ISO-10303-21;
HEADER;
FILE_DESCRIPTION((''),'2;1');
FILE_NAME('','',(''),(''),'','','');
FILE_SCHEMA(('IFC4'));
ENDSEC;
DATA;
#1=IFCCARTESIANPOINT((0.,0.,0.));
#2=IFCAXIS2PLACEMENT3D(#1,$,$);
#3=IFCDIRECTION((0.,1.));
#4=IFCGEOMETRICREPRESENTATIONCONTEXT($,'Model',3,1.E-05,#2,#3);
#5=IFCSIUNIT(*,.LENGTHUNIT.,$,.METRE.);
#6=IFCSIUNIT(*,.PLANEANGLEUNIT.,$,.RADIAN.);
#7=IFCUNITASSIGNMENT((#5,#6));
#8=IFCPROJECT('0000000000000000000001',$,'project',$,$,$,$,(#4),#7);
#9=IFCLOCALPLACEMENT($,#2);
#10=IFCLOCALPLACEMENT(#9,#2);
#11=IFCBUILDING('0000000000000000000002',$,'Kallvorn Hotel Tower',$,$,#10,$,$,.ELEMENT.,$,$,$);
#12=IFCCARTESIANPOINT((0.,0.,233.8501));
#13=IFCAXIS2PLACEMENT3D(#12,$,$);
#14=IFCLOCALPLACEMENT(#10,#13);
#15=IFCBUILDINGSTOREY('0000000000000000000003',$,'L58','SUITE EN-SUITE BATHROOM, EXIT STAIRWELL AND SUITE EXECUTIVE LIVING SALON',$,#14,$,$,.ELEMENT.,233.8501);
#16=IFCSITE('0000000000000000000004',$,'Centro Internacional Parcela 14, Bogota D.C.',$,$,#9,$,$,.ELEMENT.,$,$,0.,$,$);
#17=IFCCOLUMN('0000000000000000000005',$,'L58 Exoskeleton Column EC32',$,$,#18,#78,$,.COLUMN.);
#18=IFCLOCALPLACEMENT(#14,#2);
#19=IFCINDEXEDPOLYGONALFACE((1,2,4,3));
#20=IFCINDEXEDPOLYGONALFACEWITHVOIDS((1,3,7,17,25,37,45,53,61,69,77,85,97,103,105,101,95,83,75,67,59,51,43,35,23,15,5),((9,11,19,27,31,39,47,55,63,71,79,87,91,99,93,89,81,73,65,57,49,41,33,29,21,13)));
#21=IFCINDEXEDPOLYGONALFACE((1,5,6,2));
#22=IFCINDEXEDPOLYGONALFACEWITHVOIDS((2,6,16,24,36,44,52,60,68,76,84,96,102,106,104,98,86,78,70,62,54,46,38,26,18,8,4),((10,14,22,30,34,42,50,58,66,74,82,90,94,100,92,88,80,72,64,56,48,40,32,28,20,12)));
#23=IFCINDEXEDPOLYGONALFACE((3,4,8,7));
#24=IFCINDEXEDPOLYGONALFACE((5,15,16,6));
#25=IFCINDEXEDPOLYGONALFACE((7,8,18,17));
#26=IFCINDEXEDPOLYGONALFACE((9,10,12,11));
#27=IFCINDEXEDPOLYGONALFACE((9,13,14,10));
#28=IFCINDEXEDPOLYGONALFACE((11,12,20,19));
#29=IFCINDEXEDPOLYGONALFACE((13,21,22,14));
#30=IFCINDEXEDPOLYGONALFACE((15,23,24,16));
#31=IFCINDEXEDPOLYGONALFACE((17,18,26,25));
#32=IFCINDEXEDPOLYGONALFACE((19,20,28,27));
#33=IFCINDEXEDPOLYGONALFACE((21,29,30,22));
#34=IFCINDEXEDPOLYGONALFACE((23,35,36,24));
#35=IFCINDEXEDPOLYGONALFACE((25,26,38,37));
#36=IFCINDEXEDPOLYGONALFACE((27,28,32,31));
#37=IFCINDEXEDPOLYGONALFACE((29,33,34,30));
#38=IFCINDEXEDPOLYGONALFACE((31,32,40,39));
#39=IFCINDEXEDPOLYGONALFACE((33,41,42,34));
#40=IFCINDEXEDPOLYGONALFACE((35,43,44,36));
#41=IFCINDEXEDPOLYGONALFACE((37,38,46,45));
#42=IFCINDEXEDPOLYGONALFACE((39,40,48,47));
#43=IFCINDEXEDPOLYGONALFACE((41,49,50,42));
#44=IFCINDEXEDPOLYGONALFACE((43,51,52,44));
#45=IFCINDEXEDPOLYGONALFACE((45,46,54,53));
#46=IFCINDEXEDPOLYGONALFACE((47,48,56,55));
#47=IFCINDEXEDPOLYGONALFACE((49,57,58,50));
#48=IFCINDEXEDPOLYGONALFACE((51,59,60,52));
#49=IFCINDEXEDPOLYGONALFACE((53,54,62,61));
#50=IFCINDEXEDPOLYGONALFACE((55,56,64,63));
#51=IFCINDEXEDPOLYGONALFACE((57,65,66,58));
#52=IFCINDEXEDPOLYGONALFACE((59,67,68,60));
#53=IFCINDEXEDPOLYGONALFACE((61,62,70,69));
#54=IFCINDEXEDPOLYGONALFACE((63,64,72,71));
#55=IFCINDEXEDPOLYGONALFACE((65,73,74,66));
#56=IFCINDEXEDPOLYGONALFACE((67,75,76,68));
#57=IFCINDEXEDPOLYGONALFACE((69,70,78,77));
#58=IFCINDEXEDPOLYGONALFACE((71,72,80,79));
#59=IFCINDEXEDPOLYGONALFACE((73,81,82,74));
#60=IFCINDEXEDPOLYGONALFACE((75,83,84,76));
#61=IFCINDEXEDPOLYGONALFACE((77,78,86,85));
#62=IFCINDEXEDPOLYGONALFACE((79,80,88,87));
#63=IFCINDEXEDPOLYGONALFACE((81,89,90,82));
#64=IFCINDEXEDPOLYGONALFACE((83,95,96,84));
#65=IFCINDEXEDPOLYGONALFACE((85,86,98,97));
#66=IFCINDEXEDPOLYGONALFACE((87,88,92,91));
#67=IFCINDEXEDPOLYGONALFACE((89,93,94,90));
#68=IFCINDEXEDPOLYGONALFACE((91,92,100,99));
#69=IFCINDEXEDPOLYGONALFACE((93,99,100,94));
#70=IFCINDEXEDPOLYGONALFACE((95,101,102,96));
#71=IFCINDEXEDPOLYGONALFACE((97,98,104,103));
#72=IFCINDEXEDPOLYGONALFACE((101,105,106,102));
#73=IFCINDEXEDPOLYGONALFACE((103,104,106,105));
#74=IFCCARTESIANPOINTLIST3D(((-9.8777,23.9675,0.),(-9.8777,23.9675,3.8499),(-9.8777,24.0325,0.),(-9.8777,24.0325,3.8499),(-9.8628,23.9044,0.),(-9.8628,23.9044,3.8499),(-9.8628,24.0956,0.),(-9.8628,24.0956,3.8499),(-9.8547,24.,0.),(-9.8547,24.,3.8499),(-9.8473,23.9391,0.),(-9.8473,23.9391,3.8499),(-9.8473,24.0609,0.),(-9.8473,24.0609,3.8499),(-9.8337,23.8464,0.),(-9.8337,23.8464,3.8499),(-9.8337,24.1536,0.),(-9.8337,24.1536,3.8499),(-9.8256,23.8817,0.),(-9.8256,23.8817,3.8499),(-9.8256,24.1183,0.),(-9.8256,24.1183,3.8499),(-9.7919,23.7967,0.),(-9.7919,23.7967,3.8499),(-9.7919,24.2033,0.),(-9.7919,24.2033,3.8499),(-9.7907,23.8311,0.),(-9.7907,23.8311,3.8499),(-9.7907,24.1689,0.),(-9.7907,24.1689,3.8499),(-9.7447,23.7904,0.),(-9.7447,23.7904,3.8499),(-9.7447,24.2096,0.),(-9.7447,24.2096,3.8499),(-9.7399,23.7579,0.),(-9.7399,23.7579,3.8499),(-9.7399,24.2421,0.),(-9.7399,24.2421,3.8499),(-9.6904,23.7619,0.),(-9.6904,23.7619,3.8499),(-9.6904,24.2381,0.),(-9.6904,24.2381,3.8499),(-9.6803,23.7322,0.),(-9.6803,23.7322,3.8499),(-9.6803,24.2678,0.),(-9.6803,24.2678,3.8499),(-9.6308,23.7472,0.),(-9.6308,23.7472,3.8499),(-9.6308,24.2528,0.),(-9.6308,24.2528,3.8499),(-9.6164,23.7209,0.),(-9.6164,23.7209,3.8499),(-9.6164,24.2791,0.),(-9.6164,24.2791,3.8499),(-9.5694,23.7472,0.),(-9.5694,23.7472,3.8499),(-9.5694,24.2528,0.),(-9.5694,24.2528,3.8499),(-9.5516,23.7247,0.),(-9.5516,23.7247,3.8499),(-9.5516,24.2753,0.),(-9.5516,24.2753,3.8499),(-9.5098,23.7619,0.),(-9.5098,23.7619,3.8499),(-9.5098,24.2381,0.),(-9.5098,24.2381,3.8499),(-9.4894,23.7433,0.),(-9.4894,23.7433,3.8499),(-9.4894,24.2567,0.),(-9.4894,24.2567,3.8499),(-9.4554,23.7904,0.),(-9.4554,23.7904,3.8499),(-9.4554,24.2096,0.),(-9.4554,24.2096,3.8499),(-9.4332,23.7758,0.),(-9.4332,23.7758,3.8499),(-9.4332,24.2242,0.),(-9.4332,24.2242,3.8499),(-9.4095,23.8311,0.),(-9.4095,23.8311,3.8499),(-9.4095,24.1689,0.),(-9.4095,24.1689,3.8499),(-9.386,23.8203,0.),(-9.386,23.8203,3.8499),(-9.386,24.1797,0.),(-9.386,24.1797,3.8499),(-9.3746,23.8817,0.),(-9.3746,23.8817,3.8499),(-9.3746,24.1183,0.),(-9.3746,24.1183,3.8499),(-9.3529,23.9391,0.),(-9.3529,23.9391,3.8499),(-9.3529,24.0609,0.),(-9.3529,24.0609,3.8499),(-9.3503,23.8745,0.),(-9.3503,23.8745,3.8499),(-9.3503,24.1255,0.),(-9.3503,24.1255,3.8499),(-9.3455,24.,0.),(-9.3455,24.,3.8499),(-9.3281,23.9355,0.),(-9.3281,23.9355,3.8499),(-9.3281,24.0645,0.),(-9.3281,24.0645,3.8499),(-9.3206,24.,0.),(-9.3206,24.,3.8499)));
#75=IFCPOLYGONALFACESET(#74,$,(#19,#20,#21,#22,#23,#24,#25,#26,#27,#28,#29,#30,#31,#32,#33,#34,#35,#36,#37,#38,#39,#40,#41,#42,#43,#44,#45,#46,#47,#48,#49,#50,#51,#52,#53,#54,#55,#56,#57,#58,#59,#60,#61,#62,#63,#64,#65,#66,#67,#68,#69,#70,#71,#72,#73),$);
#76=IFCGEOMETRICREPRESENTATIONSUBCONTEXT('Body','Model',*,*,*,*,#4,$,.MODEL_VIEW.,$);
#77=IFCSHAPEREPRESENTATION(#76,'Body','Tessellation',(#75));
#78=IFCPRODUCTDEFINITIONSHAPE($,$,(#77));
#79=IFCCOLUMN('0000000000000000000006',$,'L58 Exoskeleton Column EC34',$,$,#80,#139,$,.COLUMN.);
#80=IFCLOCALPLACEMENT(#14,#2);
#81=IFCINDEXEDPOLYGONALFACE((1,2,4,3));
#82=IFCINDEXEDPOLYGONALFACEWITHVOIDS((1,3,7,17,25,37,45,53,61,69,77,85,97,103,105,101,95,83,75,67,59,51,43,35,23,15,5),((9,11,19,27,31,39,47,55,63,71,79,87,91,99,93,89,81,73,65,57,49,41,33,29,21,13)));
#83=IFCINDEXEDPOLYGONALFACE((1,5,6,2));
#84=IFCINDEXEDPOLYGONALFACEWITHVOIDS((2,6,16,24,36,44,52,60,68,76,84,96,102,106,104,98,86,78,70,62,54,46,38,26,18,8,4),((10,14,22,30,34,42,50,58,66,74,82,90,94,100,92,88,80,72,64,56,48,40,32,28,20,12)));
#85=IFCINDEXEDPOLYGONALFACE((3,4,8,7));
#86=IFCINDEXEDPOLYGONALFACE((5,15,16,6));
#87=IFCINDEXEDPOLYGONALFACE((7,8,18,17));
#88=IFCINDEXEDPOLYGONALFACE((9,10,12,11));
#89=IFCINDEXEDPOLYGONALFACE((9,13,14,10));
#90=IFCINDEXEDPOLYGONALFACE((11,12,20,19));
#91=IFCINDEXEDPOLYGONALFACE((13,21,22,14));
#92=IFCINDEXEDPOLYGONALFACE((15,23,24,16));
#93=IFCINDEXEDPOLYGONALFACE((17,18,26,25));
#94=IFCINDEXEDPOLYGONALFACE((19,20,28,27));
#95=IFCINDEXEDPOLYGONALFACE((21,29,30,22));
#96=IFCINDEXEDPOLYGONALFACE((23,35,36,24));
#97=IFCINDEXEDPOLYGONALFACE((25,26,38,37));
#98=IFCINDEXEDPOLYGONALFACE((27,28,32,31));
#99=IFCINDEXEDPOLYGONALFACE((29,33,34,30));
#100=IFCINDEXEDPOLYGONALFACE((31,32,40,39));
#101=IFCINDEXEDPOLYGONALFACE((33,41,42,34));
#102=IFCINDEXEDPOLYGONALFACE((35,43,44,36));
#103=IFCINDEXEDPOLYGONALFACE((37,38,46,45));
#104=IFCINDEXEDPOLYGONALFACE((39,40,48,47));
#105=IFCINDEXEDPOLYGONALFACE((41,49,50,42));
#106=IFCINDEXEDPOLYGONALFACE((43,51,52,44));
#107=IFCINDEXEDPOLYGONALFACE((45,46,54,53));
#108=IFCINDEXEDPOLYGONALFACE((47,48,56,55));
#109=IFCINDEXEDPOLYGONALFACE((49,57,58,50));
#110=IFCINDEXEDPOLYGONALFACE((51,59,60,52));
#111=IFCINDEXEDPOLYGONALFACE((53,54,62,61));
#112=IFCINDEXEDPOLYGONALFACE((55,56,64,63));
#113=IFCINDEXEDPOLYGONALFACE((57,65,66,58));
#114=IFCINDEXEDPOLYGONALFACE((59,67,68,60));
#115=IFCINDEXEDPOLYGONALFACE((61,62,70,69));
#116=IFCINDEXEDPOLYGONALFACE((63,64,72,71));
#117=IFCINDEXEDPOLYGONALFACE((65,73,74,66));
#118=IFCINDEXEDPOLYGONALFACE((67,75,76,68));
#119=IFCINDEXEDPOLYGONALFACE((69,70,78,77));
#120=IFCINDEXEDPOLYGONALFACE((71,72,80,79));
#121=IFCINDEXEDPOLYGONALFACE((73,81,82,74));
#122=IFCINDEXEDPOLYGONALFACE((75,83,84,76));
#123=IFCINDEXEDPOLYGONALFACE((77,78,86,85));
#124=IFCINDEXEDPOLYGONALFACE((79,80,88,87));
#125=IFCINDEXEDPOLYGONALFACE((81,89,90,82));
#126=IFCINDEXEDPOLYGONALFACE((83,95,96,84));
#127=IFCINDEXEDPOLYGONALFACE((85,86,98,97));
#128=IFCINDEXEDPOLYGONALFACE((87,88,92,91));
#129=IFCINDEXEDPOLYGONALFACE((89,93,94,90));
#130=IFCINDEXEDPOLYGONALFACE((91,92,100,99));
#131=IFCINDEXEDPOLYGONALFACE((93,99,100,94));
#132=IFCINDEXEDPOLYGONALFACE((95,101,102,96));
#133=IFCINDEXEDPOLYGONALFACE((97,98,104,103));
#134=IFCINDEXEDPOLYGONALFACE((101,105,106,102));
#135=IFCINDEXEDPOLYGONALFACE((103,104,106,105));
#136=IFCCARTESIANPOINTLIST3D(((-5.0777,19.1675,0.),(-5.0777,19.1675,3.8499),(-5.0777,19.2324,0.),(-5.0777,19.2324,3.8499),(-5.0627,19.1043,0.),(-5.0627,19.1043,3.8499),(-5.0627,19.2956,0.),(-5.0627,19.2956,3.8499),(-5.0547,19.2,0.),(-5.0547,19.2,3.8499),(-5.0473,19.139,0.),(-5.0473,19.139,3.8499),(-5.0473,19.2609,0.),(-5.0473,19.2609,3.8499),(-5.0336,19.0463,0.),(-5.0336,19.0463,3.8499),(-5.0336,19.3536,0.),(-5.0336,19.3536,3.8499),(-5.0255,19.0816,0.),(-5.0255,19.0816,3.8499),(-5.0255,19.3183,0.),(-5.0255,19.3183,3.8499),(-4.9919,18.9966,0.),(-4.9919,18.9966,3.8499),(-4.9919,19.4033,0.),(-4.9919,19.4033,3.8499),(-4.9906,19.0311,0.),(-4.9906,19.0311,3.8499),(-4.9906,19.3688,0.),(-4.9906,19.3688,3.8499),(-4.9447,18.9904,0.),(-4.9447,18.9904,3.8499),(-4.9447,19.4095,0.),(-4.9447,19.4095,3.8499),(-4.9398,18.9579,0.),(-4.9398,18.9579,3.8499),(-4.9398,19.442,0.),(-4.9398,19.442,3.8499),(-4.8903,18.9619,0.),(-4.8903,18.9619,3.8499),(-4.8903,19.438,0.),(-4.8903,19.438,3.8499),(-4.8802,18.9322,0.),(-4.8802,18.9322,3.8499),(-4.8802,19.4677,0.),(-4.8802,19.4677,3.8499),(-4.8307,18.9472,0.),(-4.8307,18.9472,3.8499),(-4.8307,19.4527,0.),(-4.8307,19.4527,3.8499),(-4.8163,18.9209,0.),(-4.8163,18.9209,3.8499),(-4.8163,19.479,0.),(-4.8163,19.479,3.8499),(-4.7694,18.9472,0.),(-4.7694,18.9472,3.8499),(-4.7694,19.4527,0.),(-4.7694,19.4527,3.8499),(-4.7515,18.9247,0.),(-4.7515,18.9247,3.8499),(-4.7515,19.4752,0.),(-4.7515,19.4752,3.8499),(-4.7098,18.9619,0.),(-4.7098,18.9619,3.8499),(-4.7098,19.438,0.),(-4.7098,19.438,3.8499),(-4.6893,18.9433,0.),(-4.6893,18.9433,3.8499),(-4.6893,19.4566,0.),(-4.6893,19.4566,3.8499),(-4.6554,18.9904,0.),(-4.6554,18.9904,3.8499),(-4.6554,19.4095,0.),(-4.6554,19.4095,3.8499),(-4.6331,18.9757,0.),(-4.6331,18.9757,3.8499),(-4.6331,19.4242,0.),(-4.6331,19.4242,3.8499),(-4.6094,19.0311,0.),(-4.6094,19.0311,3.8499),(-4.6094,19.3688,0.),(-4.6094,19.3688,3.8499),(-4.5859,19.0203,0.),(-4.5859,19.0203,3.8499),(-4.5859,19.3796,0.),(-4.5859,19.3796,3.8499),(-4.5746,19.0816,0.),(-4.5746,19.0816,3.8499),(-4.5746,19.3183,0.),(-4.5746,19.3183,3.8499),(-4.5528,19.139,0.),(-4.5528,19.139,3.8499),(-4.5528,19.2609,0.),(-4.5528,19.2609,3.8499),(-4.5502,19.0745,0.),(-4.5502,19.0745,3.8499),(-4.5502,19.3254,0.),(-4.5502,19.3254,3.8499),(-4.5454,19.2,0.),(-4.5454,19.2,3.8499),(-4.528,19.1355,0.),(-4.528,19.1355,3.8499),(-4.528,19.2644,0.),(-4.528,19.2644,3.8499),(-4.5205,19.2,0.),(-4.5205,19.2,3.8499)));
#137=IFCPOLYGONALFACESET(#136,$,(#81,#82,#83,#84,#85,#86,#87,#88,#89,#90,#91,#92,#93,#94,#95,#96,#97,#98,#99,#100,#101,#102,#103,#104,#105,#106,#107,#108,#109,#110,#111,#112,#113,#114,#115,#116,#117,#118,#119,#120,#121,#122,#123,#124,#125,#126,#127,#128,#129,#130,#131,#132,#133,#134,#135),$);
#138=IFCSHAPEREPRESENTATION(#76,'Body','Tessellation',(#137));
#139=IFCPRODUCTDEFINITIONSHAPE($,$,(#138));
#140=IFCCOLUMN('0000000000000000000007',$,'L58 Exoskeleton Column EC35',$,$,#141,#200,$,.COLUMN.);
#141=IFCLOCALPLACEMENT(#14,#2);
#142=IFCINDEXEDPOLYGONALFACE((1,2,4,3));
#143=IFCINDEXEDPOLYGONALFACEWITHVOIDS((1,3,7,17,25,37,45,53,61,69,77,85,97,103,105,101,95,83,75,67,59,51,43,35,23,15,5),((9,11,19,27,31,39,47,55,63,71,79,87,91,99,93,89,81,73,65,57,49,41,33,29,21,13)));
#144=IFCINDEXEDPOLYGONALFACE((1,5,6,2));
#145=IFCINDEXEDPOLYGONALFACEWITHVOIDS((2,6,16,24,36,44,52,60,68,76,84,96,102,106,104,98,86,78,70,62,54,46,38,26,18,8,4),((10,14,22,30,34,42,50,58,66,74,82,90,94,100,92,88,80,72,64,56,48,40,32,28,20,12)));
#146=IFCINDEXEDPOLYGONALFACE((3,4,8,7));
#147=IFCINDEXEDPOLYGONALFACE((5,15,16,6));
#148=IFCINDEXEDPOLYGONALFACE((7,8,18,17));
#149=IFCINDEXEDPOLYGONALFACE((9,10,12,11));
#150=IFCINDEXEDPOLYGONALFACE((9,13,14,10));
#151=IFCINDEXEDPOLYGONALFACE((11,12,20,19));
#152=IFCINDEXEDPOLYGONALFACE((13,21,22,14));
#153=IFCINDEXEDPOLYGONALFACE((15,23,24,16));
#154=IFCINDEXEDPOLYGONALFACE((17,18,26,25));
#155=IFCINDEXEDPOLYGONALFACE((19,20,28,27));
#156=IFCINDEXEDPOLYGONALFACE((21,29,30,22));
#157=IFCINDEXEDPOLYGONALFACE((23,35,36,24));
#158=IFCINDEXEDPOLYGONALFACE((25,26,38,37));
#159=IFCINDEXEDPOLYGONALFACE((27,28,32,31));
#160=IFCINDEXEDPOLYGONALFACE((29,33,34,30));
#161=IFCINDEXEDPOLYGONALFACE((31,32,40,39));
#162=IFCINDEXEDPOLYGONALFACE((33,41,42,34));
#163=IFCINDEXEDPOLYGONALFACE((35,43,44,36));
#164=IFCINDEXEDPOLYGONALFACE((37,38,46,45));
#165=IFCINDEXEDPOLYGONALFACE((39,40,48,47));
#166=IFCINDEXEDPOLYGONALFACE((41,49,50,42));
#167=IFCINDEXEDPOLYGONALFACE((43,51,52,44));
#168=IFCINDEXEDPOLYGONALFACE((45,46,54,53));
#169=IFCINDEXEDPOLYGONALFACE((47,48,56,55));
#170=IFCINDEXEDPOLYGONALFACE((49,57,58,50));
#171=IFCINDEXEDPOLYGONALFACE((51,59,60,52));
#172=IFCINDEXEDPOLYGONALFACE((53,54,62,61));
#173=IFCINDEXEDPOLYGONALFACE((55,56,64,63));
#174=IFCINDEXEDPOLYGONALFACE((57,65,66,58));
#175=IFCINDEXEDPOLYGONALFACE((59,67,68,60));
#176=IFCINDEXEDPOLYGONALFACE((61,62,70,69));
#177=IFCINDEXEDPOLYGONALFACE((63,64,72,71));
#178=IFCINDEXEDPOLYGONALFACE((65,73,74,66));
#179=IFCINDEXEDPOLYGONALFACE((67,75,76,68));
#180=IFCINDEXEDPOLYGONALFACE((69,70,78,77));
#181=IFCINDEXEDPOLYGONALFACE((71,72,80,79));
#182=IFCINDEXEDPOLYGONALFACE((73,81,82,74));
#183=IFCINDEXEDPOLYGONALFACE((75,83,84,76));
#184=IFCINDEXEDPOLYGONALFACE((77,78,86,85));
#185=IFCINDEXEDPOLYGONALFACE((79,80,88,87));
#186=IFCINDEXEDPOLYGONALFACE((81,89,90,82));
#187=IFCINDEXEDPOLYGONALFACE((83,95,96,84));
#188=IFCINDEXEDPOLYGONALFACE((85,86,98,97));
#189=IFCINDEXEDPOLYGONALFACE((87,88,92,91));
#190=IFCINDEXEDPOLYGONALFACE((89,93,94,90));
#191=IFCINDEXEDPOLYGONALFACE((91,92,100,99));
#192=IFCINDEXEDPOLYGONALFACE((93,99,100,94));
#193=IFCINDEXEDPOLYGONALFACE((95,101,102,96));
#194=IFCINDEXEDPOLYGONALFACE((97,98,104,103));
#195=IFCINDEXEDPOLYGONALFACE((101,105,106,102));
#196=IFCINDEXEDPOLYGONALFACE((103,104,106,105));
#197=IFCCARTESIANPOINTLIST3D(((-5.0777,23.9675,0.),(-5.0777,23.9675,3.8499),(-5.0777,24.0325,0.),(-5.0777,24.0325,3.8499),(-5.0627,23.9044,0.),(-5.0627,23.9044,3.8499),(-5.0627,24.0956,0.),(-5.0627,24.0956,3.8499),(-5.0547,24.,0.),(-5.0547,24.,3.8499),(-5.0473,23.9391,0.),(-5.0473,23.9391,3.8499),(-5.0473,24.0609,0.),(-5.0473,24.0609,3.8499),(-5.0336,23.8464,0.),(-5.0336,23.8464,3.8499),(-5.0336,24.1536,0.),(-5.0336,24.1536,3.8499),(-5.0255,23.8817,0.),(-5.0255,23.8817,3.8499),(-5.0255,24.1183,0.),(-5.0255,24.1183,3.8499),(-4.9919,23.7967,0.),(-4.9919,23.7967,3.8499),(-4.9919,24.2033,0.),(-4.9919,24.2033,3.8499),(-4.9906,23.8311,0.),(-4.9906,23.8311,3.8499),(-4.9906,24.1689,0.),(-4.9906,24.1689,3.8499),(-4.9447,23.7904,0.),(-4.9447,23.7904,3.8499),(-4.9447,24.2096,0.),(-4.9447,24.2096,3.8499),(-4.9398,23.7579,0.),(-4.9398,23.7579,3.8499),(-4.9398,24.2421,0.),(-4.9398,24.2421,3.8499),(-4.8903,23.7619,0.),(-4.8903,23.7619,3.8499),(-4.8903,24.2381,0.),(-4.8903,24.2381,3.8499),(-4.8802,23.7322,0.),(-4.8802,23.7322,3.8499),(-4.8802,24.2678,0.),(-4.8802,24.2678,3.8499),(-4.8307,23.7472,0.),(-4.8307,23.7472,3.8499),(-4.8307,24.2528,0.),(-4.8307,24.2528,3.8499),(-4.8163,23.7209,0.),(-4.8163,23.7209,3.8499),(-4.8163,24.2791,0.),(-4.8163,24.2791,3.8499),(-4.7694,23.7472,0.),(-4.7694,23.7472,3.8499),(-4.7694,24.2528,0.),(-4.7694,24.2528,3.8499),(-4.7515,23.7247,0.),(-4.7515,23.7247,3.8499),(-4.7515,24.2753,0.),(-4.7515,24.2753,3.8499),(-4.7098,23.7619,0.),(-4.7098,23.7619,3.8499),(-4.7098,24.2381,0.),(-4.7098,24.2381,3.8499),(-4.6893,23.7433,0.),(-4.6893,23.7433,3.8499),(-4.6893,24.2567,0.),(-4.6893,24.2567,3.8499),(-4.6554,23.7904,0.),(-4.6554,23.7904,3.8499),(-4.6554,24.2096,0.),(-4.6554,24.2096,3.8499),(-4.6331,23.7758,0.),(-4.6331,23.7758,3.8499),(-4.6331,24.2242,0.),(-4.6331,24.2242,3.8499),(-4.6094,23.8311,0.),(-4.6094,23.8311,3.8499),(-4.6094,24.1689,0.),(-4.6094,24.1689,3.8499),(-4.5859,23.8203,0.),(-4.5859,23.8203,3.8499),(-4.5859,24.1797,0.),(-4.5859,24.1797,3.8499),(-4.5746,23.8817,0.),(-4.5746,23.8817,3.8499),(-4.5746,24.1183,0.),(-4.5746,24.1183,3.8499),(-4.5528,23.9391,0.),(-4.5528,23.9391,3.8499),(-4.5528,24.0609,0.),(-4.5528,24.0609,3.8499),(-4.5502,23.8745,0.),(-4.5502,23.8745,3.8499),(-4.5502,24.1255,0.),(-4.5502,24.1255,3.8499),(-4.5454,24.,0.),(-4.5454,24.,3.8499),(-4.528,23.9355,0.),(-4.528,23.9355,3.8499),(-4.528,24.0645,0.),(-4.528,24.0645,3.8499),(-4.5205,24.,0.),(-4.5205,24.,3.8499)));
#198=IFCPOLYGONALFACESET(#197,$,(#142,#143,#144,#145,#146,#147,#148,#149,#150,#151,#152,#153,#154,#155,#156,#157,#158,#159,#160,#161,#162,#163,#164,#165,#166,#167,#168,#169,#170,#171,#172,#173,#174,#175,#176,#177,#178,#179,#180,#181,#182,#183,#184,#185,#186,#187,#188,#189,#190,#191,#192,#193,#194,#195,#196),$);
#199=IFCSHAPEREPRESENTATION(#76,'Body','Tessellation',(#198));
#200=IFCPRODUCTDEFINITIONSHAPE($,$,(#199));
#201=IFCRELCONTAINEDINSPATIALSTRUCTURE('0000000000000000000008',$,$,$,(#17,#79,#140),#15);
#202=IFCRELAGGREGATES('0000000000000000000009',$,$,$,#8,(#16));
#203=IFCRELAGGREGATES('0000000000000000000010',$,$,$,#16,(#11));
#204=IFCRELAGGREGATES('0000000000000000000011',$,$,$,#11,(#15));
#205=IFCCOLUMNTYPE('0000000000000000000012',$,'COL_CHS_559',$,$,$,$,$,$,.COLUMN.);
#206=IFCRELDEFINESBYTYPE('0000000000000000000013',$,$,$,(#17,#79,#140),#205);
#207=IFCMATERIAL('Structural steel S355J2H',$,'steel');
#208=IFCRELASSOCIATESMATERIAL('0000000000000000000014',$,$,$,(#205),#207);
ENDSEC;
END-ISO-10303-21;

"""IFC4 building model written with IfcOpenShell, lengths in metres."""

from ifc_helpers import new_model, si_unit, direction, frame, origin, origin_2d, place, context, subcontext, project, spatial, hollow_circle, extrude, material, material_profile, profile_set, type_object, element, save


model = new_model("IFC4")

# Units and contexts
model_context = context("Model", 3, precision=1e-05, world=origin(), true_north=direction((0.0, 1.0)))
body_context = subcontext(model_context, "Body", "Model", "MODEL_VIEW")
ifc_project = project(units=[si_unit("LENGTHUNIT", "METRE"), si_unit("PLANEANGLEUNIT", "RADIAN")], contexts=[model_context])

# Site, building, storey
site_placement = place(None, origin())
site = spatial("IfcSite", under=ifc_project, at=site_placement, Name="Centro Internacional Parcela 14, Bogota D.C.", CompositionType="ELEMENT", RefElevation=0.0)
building_placement = place(site_placement, origin())
building = spatial("IfcBuilding", under=site, at=building_placement, Name="Kallvorn Hotel Tower", CompositionType="ELEMENT")
storey_placement = place(building_placement, frame((0.0, 0.0, 233.8501)))
storey = spatial("IfcBuildingStorey", under=building, at=storey_placement, Name="L58", Description="SUITE EN-SUITE BATHROOM, EXIT STAIRWELL AND SUITE EXECUTIVE LIVING SALON", CompositionType="ELEMENT", Elevation=233.8501)

# Columns
ifc_material_1 = material(Name="Structural steel S355J2H", Category="steel")
ifc_material_profile_1 = material_profile(ifc_material_1, hollow_circle(Radius=0.2795, WallThickness=0.0249, at=origin_2d()), Name="CHS 559x25")
ifc_profile_set_1 = profile_set([ifc_material_profile_1], Name="Structural steel S355J2H")
column_type_1 = type_object("IfcColumnType", Name="COL_CHS_559", PredefinedType="COLUMN", material=ifc_profile_set_1)
for number, where, z_axis, x_axis, name in (
    (1, (-9.6001, 24.0, 0.0), (0.0, 0.0, 1.0), (1.0, 0.0, 0.0), "L58 Exoskeleton Column EC32"),
    (2, (-4.8, 19.2, 0.0), (0.0, 0.0, 1.0), (1.0, 0.0, 0.0), "L58 Exoskeleton Column EC34"),
    (3, (-4.8, 24.0, 0.0), (0.0, 0.0, 1.0), (1.0, 0.0, 0.0), "L58 Exoskeleton Column EC35"),
):
    element("IfcColumn", number, at=place(storey_placement, frame(where, z_axis=z_axis, x_axis=x_axis)), inside=storey, type_object=column_type_1, Name=name, PredefinedType="COLUMN", context=body_context, shape_type="SweptSolid", body=[
        extrude(hollow_circle(Radius=0.2795, WallThickness=0.0249, at=origin_2d()), origin(), (0.0, 0.0, 1.0), 3.8499),
    ])

save(model, "model.ifc")
